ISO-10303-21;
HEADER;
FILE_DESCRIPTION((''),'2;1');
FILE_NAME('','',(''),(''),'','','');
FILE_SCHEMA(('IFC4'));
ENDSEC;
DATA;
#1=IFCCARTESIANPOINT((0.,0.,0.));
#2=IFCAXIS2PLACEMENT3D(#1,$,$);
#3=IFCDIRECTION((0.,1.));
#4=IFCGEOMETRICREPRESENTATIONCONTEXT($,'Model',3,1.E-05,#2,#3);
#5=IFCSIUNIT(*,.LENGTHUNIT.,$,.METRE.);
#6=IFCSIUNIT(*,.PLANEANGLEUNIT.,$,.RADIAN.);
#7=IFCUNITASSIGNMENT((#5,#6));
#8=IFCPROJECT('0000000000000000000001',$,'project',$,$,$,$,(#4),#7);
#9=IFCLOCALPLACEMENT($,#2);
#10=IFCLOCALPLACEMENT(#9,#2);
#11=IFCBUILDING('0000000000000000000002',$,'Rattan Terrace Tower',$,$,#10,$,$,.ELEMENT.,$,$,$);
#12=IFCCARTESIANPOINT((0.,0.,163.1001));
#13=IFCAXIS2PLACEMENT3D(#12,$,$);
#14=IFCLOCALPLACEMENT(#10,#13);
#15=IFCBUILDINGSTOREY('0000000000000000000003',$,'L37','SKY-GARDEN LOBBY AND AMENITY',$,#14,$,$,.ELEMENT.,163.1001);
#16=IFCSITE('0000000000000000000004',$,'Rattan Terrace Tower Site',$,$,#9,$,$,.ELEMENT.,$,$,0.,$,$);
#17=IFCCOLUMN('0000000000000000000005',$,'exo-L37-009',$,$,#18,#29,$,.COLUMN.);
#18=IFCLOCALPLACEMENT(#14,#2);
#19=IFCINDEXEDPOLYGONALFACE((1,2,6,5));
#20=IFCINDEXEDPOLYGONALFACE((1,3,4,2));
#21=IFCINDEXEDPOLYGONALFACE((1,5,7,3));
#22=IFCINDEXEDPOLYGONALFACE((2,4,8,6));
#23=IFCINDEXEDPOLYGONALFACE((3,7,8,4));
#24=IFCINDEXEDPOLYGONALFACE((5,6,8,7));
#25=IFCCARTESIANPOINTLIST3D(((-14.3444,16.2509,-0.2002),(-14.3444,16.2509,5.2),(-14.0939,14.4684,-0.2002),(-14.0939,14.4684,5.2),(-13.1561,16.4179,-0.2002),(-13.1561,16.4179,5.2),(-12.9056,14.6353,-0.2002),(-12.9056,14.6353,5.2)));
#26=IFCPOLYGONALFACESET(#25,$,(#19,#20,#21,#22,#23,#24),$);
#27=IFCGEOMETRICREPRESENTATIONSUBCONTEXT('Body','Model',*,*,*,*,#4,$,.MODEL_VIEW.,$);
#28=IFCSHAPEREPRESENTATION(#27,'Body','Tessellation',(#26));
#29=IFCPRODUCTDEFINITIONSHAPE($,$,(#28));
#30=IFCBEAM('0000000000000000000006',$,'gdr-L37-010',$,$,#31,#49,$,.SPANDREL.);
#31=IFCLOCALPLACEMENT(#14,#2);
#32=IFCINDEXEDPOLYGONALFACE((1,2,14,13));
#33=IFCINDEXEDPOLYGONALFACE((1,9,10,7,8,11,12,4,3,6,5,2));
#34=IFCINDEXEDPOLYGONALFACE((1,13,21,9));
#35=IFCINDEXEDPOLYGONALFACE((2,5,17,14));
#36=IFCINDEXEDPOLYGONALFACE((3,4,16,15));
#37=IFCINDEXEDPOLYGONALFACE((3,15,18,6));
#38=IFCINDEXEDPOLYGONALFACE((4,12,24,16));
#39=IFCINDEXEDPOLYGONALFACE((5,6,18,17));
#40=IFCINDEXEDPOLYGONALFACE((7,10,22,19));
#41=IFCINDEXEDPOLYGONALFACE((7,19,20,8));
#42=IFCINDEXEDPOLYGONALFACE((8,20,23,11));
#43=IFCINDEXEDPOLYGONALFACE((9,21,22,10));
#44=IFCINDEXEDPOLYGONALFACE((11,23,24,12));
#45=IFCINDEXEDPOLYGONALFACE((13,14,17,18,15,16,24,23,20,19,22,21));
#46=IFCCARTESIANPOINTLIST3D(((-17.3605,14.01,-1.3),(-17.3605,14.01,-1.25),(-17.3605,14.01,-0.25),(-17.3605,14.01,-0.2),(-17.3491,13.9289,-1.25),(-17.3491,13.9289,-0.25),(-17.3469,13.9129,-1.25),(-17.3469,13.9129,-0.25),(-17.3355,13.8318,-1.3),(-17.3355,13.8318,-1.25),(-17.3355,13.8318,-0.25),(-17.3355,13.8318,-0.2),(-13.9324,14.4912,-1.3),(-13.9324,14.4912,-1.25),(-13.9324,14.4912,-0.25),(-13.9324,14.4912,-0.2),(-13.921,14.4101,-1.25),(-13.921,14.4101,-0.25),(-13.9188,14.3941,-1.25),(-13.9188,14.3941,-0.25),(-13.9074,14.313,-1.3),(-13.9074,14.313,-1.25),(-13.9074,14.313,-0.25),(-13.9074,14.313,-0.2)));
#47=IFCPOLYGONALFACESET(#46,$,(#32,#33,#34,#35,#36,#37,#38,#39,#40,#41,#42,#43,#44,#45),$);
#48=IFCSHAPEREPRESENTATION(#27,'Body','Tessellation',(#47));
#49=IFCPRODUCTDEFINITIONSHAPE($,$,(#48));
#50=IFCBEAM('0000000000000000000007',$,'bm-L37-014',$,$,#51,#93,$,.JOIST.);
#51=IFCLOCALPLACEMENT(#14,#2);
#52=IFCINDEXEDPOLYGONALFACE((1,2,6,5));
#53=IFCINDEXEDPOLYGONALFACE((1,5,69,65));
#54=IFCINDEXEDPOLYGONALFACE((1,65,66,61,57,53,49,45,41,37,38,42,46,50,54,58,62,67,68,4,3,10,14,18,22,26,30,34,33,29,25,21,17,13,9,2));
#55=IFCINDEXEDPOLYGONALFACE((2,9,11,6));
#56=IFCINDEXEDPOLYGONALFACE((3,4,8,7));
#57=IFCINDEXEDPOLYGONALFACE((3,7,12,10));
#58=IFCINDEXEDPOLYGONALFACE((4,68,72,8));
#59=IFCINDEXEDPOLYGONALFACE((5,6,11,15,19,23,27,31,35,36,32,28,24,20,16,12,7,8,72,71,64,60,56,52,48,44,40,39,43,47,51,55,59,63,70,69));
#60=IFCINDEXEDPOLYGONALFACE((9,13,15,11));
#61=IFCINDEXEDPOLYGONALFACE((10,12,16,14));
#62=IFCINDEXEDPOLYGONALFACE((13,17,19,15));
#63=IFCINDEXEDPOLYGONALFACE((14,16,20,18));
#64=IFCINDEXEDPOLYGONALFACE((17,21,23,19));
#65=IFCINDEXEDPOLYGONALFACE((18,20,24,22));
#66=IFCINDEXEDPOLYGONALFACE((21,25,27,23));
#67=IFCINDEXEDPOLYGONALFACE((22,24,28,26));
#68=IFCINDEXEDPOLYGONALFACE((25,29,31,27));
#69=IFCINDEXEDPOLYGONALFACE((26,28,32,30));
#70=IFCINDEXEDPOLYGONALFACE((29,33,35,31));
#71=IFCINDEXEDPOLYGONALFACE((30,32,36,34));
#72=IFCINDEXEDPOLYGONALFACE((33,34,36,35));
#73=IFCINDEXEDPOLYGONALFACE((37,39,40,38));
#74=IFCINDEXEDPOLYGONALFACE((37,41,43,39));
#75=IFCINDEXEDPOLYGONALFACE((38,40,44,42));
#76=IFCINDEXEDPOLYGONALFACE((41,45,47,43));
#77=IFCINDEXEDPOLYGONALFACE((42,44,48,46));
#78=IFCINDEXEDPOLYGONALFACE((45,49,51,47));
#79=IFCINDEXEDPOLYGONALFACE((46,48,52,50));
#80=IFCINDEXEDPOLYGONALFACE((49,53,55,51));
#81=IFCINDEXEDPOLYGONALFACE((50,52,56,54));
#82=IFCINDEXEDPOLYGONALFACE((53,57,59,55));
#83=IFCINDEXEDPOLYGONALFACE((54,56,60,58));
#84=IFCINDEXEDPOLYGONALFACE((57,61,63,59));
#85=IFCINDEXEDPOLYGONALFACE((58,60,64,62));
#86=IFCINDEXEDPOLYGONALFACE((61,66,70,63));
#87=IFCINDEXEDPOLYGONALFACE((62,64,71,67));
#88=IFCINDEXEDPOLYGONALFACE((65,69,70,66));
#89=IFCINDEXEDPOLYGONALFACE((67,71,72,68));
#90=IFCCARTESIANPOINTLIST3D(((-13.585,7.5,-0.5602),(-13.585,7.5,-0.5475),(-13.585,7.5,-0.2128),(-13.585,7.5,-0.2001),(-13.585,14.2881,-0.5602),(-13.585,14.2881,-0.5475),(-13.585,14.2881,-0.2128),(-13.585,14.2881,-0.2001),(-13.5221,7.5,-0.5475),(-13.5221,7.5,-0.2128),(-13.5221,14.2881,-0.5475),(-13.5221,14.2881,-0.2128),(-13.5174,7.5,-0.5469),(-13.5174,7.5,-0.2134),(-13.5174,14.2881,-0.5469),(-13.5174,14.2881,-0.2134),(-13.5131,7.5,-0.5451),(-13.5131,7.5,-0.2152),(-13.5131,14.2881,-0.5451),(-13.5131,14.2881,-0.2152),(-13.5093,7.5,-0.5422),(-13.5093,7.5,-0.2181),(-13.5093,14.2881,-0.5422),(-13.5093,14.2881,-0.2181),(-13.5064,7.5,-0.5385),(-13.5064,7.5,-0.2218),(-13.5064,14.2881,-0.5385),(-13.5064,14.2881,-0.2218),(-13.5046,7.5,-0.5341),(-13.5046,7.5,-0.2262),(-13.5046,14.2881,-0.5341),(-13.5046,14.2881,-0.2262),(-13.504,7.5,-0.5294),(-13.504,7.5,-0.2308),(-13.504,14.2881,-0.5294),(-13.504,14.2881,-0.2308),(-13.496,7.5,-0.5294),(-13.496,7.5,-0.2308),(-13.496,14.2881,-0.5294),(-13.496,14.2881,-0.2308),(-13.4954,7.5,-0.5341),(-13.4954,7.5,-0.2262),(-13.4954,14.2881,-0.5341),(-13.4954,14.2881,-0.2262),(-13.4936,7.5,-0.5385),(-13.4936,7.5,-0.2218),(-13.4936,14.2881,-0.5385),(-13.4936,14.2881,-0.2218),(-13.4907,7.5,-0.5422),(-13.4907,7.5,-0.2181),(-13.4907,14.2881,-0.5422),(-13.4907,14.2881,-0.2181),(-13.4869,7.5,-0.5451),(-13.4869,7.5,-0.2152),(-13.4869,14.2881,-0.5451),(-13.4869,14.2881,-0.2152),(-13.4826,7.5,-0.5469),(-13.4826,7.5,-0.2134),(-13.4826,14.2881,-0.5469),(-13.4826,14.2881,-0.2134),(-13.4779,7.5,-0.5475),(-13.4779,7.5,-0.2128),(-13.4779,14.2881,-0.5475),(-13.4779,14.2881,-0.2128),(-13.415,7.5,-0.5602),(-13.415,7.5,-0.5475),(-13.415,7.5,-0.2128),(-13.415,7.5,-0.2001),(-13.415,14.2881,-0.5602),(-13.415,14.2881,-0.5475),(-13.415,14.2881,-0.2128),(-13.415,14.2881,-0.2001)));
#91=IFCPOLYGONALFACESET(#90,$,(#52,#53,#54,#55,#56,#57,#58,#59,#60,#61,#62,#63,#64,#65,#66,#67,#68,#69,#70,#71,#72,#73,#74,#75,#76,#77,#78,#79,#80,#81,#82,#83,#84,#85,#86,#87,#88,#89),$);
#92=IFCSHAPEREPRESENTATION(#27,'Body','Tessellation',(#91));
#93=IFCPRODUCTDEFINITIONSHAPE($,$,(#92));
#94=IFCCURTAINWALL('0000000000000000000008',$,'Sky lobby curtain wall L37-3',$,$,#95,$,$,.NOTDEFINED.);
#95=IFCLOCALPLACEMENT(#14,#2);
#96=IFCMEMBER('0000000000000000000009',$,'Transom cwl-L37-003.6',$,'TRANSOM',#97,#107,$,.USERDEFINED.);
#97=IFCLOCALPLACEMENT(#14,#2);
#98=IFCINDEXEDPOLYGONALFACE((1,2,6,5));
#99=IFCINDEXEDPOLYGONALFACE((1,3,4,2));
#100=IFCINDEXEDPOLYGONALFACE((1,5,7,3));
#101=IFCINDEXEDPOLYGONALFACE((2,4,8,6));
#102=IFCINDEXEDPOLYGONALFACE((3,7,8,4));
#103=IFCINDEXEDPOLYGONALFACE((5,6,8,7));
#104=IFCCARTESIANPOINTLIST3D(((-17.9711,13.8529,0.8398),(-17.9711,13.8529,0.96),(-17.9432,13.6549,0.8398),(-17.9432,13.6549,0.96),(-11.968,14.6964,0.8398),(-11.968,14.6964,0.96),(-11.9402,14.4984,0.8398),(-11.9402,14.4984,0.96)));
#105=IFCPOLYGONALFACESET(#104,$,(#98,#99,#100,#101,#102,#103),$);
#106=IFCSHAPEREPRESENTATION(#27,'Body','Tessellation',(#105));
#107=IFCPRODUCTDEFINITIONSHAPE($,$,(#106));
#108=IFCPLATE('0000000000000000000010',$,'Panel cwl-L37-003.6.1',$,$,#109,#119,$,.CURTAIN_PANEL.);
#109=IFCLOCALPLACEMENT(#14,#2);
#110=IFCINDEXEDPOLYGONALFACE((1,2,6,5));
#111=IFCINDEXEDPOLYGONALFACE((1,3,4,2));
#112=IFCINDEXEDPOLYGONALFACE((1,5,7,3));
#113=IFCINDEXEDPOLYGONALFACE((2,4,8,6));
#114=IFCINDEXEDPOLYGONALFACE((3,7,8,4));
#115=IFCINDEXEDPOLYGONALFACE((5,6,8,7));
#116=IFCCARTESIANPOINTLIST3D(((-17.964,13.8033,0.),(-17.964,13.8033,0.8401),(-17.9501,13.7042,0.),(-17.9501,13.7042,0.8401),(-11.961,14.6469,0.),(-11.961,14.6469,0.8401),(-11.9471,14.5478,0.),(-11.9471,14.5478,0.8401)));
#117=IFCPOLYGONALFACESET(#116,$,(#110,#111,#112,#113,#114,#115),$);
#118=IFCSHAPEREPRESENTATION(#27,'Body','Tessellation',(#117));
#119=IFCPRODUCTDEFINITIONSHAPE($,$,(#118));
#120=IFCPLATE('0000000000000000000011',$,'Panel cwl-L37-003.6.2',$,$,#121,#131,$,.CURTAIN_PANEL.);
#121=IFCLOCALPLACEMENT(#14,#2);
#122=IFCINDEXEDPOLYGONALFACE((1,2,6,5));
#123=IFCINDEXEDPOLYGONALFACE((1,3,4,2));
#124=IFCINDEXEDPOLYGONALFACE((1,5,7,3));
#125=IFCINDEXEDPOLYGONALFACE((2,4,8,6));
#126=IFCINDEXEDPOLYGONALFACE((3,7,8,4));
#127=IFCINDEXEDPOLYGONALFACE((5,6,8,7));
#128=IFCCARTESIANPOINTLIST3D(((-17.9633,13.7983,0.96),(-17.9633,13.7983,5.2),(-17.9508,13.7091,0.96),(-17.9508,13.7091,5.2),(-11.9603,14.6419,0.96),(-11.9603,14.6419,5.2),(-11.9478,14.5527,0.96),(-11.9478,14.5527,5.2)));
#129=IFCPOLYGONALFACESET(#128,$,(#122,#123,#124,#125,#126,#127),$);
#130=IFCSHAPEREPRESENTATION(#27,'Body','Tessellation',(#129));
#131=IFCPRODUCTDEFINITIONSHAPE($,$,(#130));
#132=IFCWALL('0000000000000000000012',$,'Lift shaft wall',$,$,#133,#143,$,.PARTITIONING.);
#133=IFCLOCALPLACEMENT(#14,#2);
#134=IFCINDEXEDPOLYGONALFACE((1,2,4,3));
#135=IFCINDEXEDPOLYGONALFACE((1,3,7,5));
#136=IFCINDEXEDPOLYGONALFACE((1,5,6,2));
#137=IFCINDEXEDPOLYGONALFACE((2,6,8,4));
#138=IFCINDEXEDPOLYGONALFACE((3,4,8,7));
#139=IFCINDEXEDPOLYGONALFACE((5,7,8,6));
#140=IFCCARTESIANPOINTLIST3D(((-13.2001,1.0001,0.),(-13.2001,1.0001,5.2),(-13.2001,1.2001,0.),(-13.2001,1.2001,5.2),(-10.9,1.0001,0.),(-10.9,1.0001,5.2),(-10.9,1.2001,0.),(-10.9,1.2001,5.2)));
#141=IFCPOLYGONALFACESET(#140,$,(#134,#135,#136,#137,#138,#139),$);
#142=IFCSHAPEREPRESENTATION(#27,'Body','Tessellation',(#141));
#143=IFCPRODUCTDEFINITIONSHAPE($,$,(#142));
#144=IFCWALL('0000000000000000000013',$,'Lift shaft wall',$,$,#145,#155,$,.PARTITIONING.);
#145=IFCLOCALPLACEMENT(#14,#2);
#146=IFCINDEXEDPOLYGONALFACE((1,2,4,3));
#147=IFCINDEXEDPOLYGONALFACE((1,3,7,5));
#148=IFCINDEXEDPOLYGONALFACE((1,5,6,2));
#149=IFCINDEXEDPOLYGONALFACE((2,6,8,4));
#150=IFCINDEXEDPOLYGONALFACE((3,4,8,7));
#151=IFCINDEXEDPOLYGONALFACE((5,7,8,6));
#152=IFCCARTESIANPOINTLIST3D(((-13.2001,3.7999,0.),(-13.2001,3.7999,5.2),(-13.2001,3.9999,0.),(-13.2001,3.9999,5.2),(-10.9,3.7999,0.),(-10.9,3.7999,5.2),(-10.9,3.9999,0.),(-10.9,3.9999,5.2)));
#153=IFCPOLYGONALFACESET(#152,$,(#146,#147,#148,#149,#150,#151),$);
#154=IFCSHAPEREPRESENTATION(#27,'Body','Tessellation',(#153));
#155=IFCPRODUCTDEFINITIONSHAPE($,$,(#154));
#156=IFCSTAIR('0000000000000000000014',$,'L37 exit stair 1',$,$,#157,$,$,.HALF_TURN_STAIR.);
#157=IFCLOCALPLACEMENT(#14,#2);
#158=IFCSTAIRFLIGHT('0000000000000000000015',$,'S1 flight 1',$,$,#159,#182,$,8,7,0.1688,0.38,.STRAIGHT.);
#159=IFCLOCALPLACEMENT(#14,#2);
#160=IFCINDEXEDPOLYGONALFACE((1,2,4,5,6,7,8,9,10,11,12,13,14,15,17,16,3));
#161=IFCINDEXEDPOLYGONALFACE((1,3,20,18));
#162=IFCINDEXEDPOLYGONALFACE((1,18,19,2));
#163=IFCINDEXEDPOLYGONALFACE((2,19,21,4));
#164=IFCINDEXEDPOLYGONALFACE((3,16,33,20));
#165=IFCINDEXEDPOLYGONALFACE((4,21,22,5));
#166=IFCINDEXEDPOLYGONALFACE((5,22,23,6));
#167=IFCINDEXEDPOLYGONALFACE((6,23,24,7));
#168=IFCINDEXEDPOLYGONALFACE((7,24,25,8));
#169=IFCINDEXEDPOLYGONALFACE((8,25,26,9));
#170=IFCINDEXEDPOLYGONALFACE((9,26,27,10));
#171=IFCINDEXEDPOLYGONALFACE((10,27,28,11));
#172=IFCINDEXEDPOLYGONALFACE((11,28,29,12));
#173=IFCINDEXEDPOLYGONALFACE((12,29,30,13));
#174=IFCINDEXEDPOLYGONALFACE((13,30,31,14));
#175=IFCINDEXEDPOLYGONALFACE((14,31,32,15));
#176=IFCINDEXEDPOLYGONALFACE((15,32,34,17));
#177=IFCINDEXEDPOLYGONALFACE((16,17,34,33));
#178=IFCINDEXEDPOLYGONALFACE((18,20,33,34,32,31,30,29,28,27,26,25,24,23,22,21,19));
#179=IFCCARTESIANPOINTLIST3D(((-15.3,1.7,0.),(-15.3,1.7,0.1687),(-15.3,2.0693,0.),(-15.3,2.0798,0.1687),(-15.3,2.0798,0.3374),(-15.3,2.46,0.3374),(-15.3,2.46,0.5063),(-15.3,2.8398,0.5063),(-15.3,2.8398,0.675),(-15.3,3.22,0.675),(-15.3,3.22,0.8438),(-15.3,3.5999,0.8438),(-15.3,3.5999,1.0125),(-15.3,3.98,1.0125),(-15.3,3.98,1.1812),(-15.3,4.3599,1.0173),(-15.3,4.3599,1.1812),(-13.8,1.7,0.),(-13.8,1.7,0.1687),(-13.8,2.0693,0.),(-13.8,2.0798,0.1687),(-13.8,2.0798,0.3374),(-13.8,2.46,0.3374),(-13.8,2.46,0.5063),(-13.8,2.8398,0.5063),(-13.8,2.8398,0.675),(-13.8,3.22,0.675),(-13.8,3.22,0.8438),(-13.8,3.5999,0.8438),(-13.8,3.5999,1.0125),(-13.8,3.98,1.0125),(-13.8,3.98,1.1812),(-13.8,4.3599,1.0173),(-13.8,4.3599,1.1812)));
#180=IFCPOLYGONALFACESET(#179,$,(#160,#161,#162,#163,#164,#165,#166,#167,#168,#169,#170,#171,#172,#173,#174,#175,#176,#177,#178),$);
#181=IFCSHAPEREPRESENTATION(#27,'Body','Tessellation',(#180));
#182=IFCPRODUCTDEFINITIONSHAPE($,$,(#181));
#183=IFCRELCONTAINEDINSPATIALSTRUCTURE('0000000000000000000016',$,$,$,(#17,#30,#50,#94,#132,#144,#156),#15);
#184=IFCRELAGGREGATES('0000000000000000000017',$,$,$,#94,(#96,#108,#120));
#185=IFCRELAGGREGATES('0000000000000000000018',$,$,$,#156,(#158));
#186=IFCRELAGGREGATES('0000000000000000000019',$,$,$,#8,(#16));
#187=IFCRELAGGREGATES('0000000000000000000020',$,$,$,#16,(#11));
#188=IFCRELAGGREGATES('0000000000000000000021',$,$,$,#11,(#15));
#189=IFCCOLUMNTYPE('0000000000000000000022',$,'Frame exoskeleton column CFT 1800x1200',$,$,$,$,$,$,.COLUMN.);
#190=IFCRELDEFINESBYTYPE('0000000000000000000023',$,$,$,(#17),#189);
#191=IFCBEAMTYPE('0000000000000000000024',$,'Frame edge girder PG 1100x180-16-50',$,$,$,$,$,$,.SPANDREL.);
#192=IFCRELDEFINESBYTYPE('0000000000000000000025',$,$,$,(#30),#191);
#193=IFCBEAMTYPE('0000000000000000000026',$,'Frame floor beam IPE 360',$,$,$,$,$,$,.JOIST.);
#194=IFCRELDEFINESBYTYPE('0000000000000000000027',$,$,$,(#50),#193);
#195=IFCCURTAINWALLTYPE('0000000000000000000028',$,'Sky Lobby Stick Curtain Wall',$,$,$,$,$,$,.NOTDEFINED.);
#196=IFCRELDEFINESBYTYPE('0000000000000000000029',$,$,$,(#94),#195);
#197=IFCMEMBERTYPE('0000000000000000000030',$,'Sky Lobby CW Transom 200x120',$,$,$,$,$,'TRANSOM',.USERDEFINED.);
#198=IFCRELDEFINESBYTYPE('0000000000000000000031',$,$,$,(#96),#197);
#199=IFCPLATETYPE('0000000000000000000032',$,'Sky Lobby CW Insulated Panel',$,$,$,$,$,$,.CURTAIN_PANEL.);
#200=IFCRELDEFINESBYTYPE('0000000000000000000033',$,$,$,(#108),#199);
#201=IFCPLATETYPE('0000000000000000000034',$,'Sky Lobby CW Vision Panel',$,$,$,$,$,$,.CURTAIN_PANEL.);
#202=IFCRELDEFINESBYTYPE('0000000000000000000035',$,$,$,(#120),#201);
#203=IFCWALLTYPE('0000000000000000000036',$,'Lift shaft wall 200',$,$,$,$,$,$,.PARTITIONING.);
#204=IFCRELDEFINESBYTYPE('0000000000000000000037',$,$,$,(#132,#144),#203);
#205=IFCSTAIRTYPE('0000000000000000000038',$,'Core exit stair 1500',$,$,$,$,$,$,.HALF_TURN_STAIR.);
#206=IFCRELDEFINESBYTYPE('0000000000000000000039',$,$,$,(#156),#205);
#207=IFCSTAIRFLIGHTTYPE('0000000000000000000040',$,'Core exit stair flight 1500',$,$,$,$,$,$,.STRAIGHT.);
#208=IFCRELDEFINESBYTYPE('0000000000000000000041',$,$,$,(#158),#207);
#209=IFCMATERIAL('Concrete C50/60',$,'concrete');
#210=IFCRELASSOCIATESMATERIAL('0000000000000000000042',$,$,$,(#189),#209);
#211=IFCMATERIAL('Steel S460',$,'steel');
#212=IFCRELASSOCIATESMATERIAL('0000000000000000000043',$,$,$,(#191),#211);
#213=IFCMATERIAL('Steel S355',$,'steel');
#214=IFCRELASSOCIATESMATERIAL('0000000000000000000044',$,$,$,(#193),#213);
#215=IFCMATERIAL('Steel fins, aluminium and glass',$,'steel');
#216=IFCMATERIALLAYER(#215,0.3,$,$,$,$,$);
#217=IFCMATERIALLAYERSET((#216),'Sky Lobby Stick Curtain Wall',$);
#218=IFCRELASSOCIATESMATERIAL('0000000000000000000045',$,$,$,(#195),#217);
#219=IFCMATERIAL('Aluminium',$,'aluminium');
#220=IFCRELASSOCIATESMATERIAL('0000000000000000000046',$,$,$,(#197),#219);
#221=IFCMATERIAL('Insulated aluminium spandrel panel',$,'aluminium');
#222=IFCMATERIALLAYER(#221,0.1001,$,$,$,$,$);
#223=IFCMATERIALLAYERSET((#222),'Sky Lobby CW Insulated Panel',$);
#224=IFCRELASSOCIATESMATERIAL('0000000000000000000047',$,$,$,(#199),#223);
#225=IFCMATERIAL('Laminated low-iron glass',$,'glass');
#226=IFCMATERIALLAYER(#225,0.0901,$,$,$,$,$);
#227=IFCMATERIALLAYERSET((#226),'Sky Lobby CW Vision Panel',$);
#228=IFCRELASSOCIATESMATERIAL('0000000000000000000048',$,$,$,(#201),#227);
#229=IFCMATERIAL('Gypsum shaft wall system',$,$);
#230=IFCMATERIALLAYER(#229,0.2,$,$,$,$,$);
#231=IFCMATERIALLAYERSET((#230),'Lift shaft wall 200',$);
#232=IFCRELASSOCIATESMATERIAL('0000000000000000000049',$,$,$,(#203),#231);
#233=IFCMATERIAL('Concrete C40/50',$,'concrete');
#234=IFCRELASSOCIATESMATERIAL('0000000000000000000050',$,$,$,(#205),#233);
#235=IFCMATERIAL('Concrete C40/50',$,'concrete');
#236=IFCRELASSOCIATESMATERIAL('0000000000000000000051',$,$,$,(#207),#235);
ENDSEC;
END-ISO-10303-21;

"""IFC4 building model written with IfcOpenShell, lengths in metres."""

from ifc_helpers import new_model, si_unit, direction, frame, frame_2d, origin, origin_2d, place, context, subcontext, project, spatial, polyline, rectangle, i_section, outline, extrude, material, layer, layer_set, material_profile, profile_set, type_object, element, aggregate, save


model = new_model("IFC4")

# Units and contexts
model_context = context("Model", 3, precision=1e-05, world=origin(), true_north=direction((0.0, 1.0)))
body_context = subcontext(model_context, "Body", "Model", "MODEL_VIEW")
ifc_project = project(units=[si_unit("LENGTHUNIT", "METRE"), si_unit("PLANEANGLEUNIT", "RADIAN")], contexts=[model_context])

# Site, building, storey
site_placement = place(None, origin())
site = spatial("IfcSite", under=ifc_project, at=site_placement, Name="Rattan Terrace Tower Site", CompositionType="ELEMENT", RefElevation=0.0)
building_placement = place(site_placement, origin())
building = spatial("IfcBuilding", under=site, at=building_placement, Name="Rattan Terrace Tower", CompositionType="ELEMENT")
storey_placement = place(building_placement, frame((0.0, 0.0, 163.1001)))
storey = spatial("IfcBuildingStorey", under=building, at=storey_placement, Name="L37", Description="SKY-GARDEN LOBBY AND AMENITY", CompositionType="ELEMENT", Elevation=163.1001)

# Column
ifc_material_1 = material(Name="Concrete C50/60", Category="concrete")
ifc_material_profile_1 = material_profile(ifc_material_1, rectangle(XDim=1.2, YDim=1.8, at=origin_2d()), Name="CFT 1800x1200")
ifc_profile_set_1 = profile_set([ifc_material_profile_1], Name="Concrete C50/60")
column_type = type_object("IfcColumnType", Name="Frame exoskeleton column CFT 1800x1200", PredefinedType="COLUMN", material=ifc_profile_set_1)
column_placement = place(storey_placement, frame((-13.625, 15.4431, -0.2002), z_axis=(0.0, 0.0, 1.0), x_axis=(0.99027, 0.139156, 0.0)))
element("IfcColumn", 1, at=column_placement, inside=storey, type_object=column_type, Name="exo-L37-009", PredefinedType="COLUMN", context=body_context, shape_type="SweptSolid", body=[
    extrude(rectangle(XDim=1.2, YDim=1.8, at=origin_2d()), origin(), (0.0, 0.0, 1.0), 5.4001),
])

# Beams
ifc_material_2 = material(Name="Steel S460", Category="steel")
ifc_material_profile_2 = material_profile(ifc_material_2, i_section(OverallWidth=0.1799, OverallDepth=1.1001, WebThickness=0.0161, FlangeThickness=0.05, at=origin_2d()), Name="PG 1100x180-16-50")
ifc_profile_set_2 = profile_set([ifc_material_profile_2], Name="Steel S460")
beam_type_1 = type_object("IfcBeamType", Name="Frame edge girder PG 1100x180-16-50", PredefinedType="SPANDREL", material=ifc_profile_set_2)
beam_1_placement = place(storey_placement, frame((-13.9199, 14.4021, -0.75), z_axis=(-0.990291, -0.139012, 0.0), x_axis=(0.139012, -0.990291, 0.0)))
element("IfcBeam", 2, at=beam_1_placement, inside=storey, type_object=beam_type_1, Name="gdr-L37-010", PredefinedType="SPANDREL", context=body_context, shape_type="SweptSolid", body=[
    extrude(i_section(OverallWidth=0.1799, OverallDepth=1.1001, WebThickness=0.0161, FlangeThickness=0.05, at=origin_2d()), origin(), (0.0, 0.0, 1.0), 3.4617),
])
ifc_material_3 = material(Name="Steel S355", Category="steel")
ifc_material_profile_3 = material_profile(ifc_material_3, i_section(OverallWidth=0.1699, OverallDepth=0.3601, WebThickness=0.0081, FlangeThickness=0.0127, FilletRadius=0.0181, at=origin_2d()), Name="IPE 360")
ifc_profile_set_3 = profile_set([ifc_material_profile_3], Name="Steel S355")
beam_type_2 = type_object("IfcBeamType", Name="Frame floor beam IPE 360", PredefinedType="JOIST", material=ifc_profile_set_3)
beam_2_placement = place(storey_placement, frame((-13.5, 7.5, -0.3801), z_axis=(0.0, 1.0, 0.0), x_axis=(-1.0, 0.0, 0.0)))
element("IfcBeam", 3, at=beam_2_placement, inside=storey, type_object=beam_type_2, Name="bm-L37-014", PredefinedType="JOIST", context=body_context, shape_type="SweptSolid", body=[
    extrude(i_section(OverallWidth=0.1699, OverallDepth=0.3601, WebThickness=0.0081, FlangeThickness=0.0127, FilletRadius=0.0181, at=origin_2d()), origin(), (0.0, 0.0, 1.0), 6.7881),
])

# Curtain wall, member, plates
ifc_material_4 = material(Name="Steel fins, aluminium and glass", Category="steel")
ifc_layer_1 = layer(ifc_material_4, 0.3)
ifc_layer_set_1 = layer_set([ifc_layer_1], Name="Sky Lobby Stick Curtain Wall")
curtain_wall_type = type_object("IfcCurtainWallType", Name="Sky Lobby Stick Curtain Wall", PredefinedType="NOTDEFINED", material=ifc_layer_set_1)
curtain_wall_placement = place(storey_placement, origin())
curtain_wall = element("IfcCurtainWall", 4, at=curtain_wall_placement, inside=storey, type_object=curtain_wall_type, Name="Sky lobby curtain wall L37-3", PredefinedType="NOTDEFINED")
ifc_material_5 = material(Name="Aluminium", Category="aluminium")
ifc_material_profile_4 = material_profile(ifc_material_5, rectangle(XDim=0.2, YDim=0.1201, at=origin_2d()), Name="Aluminium 200x120")
ifc_profile_set_4 = profile_set([ifc_material_profile_4], Name="Aluminium")
member_type = type_object("IfcMemberType", Name="Sky Lobby CW Transom 200x120", ElementType="TRANSOM", PredefinedType="USERDEFINED", material=ifc_profile_set_4)
member_placement = place(storey_placement, frame((-11.9541, 14.5974, 0.8999), z_axis=(-0.990271, -0.139149, 0.0), x_axis=(0.139149, -0.990271, 0.0)))
member = element("IfcMember", 5, at=member_placement, type_object=member_type, Name="Transom cwl-L37-003.6", ObjectType="TRANSOM", PredefinedType="USERDEFINED", context=body_context, shape_type="SweptSolid", body=[
    extrude(rectangle(XDim=0.2, YDim=0.1201, at=origin_2d()), origin(), (0.0, 0.0, 1.0), 6.062),
])
ifc_material_6 = material(Name="Insulated aluminium spandrel panel", Category="aluminium")
ifc_layer_2 = layer(ifc_material_6, 0.1001)
ifc_layer_set_2 = layer_set([ifc_layer_2], Name="Sky Lobby CW Insulated Panel")
plate_type_1 = type_object("IfcPlateType", Name="Sky Lobby CW Insulated Panel", PredefinedType="CURTAIN_PANEL", material=ifc_layer_set_2)
plate_1_placement = place(storey_placement, frame((-14.9556, 14.1755, 0.0), z_axis=(0.0, 0.0, 1.0), x_axis=(-0.99027, -0.139161, 0.0)))
plate_1 = element("IfcPlate", 6, at=plate_1_placement, type_object=plate_type_1, Name="Panel cwl-L37-003.6.1", PredefinedType="CURTAIN_PANEL", context=body_context, shape_type="SweptSolid", body=[
    extrude(rectangle(XDim=6.062, YDim=0.1001, at=origin_2d()), origin(), (0.0, 0.0, 1.0), 0.8401),
])
ifc_material_7 = material(Name="Laminated low-iron glass", Category="glass")
ifc_layer_3 = layer(ifc_material_7, 0.0901)
ifc_layer_set_3 = layer_set([ifc_layer_3], Name="Sky Lobby CW Vision Panel")
plate_type_2 = type_object("IfcPlateType", Name="Sky Lobby CW Vision Panel", PredefinedType="CURTAIN_PANEL", material=ifc_layer_set_3)
plate_2_placement = place(storey_placement, frame((-14.9556, 14.1755, 0.96), z_axis=(0.0, 0.0, 1.0), x_axis=(-0.99027, -0.139161, 0.0)))
plate_2 = element("IfcPlate", 7, at=plate_2_placement, type_object=plate_type_2, Name="Panel cwl-L37-003.6.2", PredefinedType="CURTAIN_PANEL", context=body_context, shape_type="SweptSolid", body=[
    extrude(rectangle(XDim=6.062, YDim=0.0901, at=origin_2d()), origin(), (0.0, 0.0, 1.0), 4.24),
])
aggregate(curtain_wall, [member, plate_1, plate_2])

# Walls
ifc_material_8 = material(Name="Gypsum shaft wall system")
ifc_layer_4 = layer(ifc_material_8, 0.2)
ifc_layer_set_4 = layer_set([ifc_layer_4], Name="Lift shaft wall 200")
wall_type = type_object("IfcWallType", Name="Lift shaft wall 200", PredefinedType="PARTITIONING", material=ifc_layer_set_4)
for number, where, z_axis, x_axis, name in (
    (8, (-13.2, 1.1001, 0.0), (0.0, 0.0, 1.0), (1.0, 0.0, 0.0), "Lift shaft wall"),
    (9, (-13.2, 3.8999, 0.0), (0.0, 0.0, 1.0), (1.0, 0.0, 0.0), "Lift shaft wall"),
):
    element("IfcWall", number, at=place(storey_placement, frame(where, z_axis=z_axis, x_axis=x_axis)), inside=storey, type_object=wall_type, Name=name, PredefinedType="PARTITIONING", context=body_context, shape_type="SweptSolid", body=[
        extrude(rectangle(XDim=2.3, YDim=0.2, at=frame_2d((1.1499, 0.0))), origin(), (0.0, 0.0, 1.0), 5.2),
    ])

# Stair, stair flight
ifc_material_9 = material(Name="Concrete C40/50", Category="concrete")
stair_type = type_object("IfcStairType", Name="Core exit stair 1500", PredefinedType="HALF_TURN_STAIR", material=ifc_material_9)
stair_placement = place(storey_placement, origin())
stair = element("IfcStair", 10, at=stair_placement, inside=storey, type_object=stair_type, Name="L37 exit stair 1", PredefinedType="HALF_TURN_STAIR")
ifc_material_10 = material(Name="Concrete C40/50", Category="concrete")
stair_flight_type = type_object("IfcStairFlightType", Name="Core exit stair flight 1500", PredefinedType="STRAIGHT", material=ifc_material_10)
stair_flight_1_placement = place(storey_placement, frame((-14.55, 1.7, 0.0), z_axis=(0.0, 0.0, 1.0), x_axis=(0.0, 1.0, 0.0)))
stair_flight_1 = element("IfcStairFlight", 11, at=stair_flight_1_placement, type_object=stair_flight_type, Name="S1 flight 1", NumberOfRisers=8, NumberOfTreads=7, PredefinedType="STRAIGHT", RiserHeight=0.1688, TreadLength=0.38, context=body_context, shape_type="SweptSolid", body=[
    extrude(outline(polyline([(0.0, 0.0), (0.0, 0.1687), (0.3799, 0.1687), (0.3799, 0.3374), (0.76, 0.3374), (0.76, 0.5063), (1.1399, 0.5063), (1.1399, 0.675), (1.52, 0.675), (1.52, 0.8438), (1.8999, 0.8438), (1.8999, 1.0125), (2.28, 1.0125), (2.28, 1.1812), (2.6599, 1.1812), (2.6599, 1.3501), (2.6599, 1.0173), (0.3694, 0.0), (0.0, 0.0)])), frame((0.0, 0.75, 0.0), z_axis=(0.0, -1.0, 0.0), x_axis=(1.0, 0.0, 0.0)), (0.0, 0.0, 1.0), 1.5),
])
aggregate(stair, [stair_flight_1])

save(model, "model.ifc")
